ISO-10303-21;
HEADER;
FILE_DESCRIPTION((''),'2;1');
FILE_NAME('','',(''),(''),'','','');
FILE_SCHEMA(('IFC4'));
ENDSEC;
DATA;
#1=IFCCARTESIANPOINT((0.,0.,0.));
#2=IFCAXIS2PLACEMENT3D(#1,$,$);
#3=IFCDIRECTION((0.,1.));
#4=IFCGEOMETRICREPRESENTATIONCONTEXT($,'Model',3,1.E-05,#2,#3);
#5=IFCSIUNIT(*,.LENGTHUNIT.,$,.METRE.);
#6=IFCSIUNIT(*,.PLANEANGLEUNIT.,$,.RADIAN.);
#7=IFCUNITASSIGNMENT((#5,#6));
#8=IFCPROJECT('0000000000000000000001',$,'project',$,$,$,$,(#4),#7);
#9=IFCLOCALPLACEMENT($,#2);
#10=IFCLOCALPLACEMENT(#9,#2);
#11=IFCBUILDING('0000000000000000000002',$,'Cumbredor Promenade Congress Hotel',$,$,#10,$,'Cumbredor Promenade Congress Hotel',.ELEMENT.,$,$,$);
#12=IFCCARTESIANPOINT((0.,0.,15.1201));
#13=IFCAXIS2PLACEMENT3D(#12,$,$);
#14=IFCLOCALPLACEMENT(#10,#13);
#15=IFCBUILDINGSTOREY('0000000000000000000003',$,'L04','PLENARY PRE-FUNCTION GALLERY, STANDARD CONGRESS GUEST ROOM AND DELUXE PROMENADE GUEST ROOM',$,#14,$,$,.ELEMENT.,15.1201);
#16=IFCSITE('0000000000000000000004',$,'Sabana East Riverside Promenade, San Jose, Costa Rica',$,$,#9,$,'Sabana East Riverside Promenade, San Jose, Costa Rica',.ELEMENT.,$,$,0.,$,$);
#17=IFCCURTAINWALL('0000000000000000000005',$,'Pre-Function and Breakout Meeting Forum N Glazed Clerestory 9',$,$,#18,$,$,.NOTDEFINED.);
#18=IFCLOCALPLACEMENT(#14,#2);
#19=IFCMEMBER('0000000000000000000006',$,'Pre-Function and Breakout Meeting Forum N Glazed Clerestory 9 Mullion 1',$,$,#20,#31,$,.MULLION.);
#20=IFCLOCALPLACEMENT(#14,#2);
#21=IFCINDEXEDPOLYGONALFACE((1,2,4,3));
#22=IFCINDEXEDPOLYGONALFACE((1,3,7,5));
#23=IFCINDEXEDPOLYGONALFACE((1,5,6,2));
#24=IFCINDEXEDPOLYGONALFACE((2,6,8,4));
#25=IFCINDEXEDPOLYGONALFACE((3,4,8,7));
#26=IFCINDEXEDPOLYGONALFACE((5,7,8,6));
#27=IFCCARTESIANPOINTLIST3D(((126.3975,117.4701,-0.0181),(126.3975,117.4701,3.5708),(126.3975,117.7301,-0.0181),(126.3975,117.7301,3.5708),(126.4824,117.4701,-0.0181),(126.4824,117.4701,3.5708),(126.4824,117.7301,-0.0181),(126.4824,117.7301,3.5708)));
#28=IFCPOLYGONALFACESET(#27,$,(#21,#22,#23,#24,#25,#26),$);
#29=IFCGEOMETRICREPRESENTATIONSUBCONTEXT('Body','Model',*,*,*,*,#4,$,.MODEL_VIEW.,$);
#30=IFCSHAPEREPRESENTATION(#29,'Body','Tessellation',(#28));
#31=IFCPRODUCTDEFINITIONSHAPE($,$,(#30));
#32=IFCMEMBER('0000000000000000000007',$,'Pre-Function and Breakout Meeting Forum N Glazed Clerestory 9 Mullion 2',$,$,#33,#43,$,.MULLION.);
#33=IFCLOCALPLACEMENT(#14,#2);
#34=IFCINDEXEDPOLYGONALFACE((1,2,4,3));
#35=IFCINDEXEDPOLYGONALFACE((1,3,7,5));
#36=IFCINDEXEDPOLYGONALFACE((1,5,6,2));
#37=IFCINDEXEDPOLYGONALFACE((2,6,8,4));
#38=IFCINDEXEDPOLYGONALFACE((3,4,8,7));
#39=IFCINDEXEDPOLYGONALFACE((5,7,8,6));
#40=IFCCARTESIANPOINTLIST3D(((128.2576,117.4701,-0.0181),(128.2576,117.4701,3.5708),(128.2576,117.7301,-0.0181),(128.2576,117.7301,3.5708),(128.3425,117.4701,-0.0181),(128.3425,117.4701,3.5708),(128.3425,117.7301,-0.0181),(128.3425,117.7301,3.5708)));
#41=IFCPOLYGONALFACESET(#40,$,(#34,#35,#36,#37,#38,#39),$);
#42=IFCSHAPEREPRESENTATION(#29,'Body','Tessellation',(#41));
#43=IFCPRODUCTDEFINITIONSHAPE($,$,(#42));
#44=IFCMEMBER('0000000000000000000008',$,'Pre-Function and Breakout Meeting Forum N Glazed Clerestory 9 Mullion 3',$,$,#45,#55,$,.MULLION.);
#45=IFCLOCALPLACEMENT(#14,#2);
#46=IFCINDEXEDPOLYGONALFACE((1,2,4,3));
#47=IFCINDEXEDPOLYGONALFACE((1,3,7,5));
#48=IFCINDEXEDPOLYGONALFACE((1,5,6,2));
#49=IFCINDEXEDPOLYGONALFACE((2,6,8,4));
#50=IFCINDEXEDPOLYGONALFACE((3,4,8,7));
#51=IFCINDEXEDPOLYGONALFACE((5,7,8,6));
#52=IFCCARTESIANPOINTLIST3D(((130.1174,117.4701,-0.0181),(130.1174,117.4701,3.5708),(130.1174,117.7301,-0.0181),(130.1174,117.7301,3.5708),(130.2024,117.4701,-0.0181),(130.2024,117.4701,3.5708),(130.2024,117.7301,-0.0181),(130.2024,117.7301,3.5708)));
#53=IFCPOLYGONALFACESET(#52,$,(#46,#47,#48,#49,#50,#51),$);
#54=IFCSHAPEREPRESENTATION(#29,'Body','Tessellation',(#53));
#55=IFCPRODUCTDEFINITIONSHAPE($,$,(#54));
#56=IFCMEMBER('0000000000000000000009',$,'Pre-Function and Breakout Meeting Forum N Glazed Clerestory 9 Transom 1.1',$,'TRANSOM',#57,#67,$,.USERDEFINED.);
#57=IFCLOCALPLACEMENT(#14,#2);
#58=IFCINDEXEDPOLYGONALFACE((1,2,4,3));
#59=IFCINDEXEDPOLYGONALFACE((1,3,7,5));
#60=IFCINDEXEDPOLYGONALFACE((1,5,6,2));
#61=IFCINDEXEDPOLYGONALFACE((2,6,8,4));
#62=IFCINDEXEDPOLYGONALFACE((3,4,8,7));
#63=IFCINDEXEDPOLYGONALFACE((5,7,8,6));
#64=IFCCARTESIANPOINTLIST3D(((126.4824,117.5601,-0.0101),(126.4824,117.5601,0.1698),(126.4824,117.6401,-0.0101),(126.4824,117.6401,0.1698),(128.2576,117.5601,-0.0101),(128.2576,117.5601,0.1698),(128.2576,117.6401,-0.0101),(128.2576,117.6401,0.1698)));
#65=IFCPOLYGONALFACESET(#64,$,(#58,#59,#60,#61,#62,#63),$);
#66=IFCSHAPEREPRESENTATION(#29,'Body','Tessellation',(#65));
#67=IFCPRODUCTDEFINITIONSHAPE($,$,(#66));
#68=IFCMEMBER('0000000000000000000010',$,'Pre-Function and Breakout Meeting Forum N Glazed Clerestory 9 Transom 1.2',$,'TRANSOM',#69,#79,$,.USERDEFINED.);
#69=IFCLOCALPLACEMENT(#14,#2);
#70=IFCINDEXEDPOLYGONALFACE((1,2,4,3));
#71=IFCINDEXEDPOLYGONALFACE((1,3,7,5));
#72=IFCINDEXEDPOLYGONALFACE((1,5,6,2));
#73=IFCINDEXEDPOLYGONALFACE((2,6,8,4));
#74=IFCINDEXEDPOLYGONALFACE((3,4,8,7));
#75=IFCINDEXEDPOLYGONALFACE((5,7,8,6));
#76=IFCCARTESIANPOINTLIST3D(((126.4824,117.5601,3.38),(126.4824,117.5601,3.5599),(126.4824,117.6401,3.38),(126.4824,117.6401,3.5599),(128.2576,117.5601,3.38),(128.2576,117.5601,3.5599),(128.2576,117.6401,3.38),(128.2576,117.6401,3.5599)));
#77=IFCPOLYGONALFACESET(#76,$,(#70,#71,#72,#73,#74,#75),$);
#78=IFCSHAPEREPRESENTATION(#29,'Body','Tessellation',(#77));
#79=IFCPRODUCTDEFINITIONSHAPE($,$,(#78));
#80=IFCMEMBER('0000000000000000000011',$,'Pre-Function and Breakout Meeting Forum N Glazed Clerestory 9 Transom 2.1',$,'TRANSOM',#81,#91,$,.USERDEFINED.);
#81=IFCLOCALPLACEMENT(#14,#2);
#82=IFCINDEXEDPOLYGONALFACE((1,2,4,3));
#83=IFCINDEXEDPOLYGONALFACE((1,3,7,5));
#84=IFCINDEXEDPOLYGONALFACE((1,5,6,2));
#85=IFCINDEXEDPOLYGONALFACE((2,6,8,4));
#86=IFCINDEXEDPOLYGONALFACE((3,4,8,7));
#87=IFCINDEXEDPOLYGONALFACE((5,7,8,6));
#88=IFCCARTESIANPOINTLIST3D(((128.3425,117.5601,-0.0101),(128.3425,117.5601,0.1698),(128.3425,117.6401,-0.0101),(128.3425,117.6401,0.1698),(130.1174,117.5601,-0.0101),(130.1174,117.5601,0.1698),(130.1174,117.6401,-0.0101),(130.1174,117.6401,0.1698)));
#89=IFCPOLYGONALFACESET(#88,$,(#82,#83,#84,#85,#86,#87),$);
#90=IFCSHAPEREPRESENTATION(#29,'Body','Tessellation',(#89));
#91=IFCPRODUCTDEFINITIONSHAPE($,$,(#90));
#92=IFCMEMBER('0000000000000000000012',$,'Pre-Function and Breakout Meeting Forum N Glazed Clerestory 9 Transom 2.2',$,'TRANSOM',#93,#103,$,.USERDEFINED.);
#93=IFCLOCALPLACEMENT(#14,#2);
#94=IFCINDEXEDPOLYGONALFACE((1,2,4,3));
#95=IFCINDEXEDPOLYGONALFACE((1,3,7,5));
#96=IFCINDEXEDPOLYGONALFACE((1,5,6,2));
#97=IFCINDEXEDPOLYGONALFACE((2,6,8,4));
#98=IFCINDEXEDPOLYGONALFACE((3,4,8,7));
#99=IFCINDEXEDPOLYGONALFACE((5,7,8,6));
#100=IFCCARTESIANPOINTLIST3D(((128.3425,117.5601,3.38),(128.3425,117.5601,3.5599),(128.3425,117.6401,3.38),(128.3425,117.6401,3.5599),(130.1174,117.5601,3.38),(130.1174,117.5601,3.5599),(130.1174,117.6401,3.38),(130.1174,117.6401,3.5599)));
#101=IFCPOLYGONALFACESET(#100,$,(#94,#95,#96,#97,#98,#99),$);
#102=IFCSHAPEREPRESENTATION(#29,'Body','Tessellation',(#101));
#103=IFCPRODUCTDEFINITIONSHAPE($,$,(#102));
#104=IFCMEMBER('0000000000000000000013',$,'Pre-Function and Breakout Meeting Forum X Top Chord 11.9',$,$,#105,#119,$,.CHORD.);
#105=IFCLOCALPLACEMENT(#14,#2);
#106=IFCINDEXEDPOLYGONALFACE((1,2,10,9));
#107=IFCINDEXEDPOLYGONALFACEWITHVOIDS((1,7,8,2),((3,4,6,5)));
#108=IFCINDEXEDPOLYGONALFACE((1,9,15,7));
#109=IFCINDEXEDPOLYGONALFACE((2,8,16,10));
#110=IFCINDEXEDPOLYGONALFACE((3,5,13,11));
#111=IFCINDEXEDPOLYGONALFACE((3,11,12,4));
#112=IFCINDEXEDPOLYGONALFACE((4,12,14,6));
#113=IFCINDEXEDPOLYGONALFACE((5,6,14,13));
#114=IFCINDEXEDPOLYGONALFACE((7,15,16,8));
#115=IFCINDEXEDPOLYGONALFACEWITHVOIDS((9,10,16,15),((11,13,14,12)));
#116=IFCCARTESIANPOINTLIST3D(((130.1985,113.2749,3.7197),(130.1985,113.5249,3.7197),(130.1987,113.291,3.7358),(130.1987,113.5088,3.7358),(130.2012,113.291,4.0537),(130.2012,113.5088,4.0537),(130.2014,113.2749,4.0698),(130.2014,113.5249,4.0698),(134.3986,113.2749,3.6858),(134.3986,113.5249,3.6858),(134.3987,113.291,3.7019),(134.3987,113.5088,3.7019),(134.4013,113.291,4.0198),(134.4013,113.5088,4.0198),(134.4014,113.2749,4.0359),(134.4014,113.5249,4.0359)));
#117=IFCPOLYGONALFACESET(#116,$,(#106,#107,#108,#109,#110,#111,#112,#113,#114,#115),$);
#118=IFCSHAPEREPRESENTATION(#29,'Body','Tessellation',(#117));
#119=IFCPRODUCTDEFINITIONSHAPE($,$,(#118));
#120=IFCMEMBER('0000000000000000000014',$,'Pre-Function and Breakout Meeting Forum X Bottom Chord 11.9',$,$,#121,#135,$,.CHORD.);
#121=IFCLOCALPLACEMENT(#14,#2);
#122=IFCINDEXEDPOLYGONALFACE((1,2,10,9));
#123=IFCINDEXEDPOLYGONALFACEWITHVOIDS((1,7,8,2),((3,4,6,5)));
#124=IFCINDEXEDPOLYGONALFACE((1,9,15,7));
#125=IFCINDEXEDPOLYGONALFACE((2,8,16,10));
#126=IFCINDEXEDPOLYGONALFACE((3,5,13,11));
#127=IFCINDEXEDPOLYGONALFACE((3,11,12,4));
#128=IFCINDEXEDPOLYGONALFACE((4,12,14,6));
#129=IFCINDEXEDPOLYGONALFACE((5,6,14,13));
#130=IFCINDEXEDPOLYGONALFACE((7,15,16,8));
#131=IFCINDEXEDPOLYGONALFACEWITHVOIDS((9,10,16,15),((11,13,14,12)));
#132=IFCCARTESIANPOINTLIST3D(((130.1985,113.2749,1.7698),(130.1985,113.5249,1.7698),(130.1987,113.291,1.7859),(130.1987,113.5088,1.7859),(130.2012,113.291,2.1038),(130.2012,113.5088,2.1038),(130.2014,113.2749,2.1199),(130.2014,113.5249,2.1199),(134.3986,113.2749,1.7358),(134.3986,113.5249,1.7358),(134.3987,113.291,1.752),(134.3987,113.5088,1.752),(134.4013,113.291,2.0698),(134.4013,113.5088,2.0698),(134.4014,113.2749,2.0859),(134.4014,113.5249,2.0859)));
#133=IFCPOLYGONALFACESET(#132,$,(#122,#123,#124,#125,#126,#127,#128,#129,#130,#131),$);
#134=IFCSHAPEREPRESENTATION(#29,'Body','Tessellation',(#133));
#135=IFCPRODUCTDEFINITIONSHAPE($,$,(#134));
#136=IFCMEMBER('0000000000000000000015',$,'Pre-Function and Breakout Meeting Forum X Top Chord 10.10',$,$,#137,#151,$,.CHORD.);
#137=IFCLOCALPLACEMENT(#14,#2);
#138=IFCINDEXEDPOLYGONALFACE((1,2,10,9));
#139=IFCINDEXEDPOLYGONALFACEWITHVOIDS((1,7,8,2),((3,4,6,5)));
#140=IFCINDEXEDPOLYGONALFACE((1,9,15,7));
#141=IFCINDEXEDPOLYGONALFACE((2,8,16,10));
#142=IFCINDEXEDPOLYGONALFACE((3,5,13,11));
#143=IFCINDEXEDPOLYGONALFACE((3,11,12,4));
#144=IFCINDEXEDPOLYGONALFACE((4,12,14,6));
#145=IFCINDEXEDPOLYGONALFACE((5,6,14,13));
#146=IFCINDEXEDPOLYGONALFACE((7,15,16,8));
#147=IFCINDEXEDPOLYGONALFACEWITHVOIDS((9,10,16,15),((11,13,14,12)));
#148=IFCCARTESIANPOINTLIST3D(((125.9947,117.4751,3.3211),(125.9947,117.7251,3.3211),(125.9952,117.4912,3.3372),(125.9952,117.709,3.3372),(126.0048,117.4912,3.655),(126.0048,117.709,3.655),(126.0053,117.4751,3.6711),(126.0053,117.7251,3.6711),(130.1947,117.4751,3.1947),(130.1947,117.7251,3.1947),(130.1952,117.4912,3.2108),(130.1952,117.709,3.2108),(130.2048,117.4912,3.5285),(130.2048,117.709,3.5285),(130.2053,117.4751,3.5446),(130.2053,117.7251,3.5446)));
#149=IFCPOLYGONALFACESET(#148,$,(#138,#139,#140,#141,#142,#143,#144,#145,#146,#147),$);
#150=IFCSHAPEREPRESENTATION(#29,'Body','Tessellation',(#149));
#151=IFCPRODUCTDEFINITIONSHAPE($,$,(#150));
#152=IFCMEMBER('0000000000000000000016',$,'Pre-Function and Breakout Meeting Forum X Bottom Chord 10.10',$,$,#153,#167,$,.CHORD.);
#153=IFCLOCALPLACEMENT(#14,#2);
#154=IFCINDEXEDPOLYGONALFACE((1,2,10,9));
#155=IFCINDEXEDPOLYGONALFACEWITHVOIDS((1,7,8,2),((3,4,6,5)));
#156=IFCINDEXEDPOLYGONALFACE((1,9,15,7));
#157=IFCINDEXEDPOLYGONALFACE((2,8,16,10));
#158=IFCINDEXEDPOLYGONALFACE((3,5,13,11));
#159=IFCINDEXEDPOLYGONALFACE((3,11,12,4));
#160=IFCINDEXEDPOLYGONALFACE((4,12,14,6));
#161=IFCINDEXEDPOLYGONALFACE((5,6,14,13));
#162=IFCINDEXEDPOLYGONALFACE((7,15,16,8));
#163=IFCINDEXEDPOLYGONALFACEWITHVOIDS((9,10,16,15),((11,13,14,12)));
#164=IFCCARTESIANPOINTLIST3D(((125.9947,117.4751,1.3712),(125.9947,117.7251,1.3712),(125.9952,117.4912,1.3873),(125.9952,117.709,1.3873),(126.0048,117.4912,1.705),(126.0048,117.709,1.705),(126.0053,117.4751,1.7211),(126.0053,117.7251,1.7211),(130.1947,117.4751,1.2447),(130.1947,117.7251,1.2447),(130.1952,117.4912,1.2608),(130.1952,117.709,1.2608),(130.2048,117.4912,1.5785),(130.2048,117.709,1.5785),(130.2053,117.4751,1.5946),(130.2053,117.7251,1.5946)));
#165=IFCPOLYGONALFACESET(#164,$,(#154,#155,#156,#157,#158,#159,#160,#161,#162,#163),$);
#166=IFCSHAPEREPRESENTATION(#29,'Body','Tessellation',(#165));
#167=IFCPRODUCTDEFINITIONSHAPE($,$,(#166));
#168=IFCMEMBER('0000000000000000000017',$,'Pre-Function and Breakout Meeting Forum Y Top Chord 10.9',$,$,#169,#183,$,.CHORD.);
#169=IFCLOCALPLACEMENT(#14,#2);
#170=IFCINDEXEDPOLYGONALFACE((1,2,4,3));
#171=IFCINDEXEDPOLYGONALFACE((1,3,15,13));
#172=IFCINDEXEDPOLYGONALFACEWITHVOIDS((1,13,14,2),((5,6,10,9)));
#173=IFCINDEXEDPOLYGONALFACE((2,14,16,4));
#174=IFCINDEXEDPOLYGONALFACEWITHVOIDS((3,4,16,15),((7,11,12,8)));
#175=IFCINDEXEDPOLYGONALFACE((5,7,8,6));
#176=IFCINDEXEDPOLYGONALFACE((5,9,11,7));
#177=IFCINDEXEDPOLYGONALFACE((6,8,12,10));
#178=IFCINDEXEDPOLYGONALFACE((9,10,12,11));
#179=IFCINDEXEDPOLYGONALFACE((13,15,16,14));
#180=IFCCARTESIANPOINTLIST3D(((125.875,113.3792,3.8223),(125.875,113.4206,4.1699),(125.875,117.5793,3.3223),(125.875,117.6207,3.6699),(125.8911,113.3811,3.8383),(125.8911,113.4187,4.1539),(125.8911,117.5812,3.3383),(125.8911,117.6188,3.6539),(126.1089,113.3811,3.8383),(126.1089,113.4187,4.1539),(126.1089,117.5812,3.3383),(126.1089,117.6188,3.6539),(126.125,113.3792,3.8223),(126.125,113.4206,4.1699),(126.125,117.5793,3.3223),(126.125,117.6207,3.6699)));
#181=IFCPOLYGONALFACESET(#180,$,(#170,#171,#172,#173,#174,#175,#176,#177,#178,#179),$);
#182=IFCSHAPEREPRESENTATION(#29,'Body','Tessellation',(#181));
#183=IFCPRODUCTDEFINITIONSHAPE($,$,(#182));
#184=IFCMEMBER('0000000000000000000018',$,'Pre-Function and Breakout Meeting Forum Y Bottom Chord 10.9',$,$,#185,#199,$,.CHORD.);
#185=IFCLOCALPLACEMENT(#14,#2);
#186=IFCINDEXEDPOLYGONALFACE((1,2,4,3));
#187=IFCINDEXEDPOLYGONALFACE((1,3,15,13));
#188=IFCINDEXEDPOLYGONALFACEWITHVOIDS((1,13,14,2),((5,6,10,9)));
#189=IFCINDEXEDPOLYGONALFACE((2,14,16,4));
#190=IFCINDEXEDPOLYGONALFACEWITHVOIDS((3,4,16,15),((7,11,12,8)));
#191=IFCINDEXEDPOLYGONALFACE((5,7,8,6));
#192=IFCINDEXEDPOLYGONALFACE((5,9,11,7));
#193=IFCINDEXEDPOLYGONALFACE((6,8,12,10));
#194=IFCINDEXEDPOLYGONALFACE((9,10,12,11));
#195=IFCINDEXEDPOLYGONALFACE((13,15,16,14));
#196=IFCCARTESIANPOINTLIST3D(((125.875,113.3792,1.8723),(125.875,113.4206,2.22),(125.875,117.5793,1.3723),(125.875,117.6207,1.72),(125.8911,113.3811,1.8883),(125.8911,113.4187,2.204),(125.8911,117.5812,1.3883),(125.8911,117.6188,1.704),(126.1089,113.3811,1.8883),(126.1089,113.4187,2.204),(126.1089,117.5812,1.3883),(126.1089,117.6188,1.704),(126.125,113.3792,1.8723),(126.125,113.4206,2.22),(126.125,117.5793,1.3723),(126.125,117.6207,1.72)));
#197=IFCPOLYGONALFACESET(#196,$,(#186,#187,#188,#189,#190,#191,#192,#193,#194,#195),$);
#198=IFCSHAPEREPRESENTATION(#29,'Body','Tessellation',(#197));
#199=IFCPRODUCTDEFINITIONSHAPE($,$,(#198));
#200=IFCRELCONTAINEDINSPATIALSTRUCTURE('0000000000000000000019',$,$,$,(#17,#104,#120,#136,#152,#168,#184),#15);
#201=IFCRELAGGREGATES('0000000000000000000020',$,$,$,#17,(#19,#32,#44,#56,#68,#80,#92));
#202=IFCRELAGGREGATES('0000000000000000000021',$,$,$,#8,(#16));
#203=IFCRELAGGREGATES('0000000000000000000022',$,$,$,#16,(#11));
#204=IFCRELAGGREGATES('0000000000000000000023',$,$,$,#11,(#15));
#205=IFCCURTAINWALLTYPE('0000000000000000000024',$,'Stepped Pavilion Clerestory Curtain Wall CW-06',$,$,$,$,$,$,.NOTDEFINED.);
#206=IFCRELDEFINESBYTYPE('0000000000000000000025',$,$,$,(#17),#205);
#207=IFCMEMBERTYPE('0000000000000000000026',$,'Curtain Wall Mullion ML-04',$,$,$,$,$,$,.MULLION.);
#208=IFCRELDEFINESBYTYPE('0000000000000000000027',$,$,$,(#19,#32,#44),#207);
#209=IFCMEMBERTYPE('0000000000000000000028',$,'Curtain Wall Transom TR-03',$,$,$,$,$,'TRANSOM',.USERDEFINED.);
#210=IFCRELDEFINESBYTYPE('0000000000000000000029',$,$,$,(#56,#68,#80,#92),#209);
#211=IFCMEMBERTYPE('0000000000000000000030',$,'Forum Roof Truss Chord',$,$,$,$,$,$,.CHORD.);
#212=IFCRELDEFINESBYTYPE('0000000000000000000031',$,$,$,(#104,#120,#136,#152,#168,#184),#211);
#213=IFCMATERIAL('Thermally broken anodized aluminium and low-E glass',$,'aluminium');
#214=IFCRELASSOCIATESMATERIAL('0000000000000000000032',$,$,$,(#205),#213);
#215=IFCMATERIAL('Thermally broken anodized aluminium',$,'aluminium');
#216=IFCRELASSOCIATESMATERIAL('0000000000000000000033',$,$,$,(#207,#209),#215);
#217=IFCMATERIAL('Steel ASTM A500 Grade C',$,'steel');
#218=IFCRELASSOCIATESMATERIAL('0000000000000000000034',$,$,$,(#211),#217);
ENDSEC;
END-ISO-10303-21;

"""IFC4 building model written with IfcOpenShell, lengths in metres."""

from ifc_helpers import new_model, si_unit, direction, frame, origin, origin_2d, place, context, subcontext, project, spatial, rectangle, hollow_rectangle, extrude, material, material_profile, profile_set, type_object, element, aggregate, save


model = new_model("IFC4")

# Units and contexts
model_context = context("Model", 3, precision=1e-05, world=origin(), true_north=direction((0.0, 1.0)))
body_context = subcontext(model_context, "Body", "Model", "MODEL_VIEW")
ifc_project = project(units=[si_unit("LENGTHUNIT", "METRE"), si_unit("PLANEANGLEUNIT", "RADIAN")], contexts=[model_context])

# Site, building, storey
site_placement = place(None, origin())
site = spatial("IfcSite", under=ifc_project, at=site_placement, Name="Sabana East Riverside Promenade, San Jose, Costa Rica", LongName="Sabana East Riverside Promenade, San Jose, Costa Rica", CompositionType="ELEMENT", RefElevation=0.0)
building_placement = place(site_placement, origin())
building = spatial("IfcBuilding", under=site, at=building_placement, Name="Cumbredor Promenade Congress Hotel", LongName="Cumbredor Promenade Congress Hotel", CompositionType="ELEMENT")
storey_placement = place(building_placement, frame((0.0, 0.0, 15.1201)))
storey = spatial("IfcBuildingStorey", under=building, at=storey_placement, Name="L04", Description="PLENARY PRE-FUNCTION GALLERY, STANDARD CONGRESS GUEST ROOM AND DELUXE PROMENADE GUEST ROOM", CompositionType="ELEMENT", Elevation=15.1201)

# Curtain wall, members
ifc_material_1 = material(Name="Thermally broken anodized aluminium and low-E glass", Category="aluminium")
curtain_wall_type = type_object("IfcCurtainWallType", Name="Stepped Pavilion Clerestory Curtain Wall CW-06", PredefinedType="NOTDEFINED", material=ifc_material_1)
curtain_wall_placement = place(storey_placement, origin())
curtain_wall = element("IfcCurtainWall", 1, at=curtain_wall_placement, inside=storey, type_object=curtain_wall_type, Name="Pre-Function and Breakout Meeting Forum N Glazed Clerestory 9", PredefinedType="NOTDEFINED")
ifc_material_2 = material(Name="Thermally broken anodized aluminium", Category="aluminium")
ifc_material_profile_1 = material_profile(ifc_material_2, rectangle(XDim=0.085, YDim=0.26, at=origin_2d()), Name="ALU MULLION CLERESTORY 85x260")
ifc_profile_set_1 = profile_set([ifc_material_profile_1], Name="Thermally broken anodized aluminium")
member_type_1 = type_object("IfcMemberType", Name="Curtain Wall Mullion ML-04", PredefinedType="MULLION", material=ifc_profile_set_1)
member_1_placement = place(storey_placement, frame((126.4399, 117.6001, -0.0181), z_axis=(0.0, 0.0, 1.0), x_axis=(1.0, 0.0, 0.0)))
member_1 = element("IfcMember", 2, at=member_1_placement, type_object=member_type_1, Name="Pre-Function and Breakout Meeting Forum N Glazed Clerestory 9 Mullion 1", PredefinedType="MULLION", context=body_context, shape_type="SweptSolid", body=[
    extrude(rectangle(XDim=0.085, YDim=0.26, at=origin_2d()), origin(), (0.0, 0.0, 1.0), 3.5889),
])
member_2_placement = place(storey_placement, frame((128.3, 117.6001, -0.0181), z_axis=(0.0, 0.0, 1.0), x_axis=(1.0, 0.0, 0.0)))
member_2 = element("IfcMember", 3, at=member_2_placement, type_object=member_type_1, Name="Pre-Function and Breakout Meeting Forum N Glazed Clerestory 9 Mullion 2", PredefinedType="MULLION", context=body_context, shape_type="SweptSolid", body=[
    extrude(rectangle(XDim=0.085, YDim=0.26, at=origin_2d()), origin(), (0.0, 0.0, 1.0), 3.5889),
])
member_3_placement = place(storey_placement, frame((130.1599, 117.6001, -0.0181), z_axis=(0.0, 0.0, 1.0), x_axis=(1.0, 0.0, 0.0)))
member_3 = element("IfcMember", 4, at=member_3_placement, type_object=member_type_1, Name="Pre-Function and Breakout Meeting Forum N Glazed Clerestory 9 Mullion 3", PredefinedType="MULLION", context=body_context, shape_type="SweptSolid", body=[
    extrude(rectangle(XDim=0.085, YDim=0.26, at=origin_2d()), origin(), (0.0, 0.0, 1.0), 3.5889),
])
ifc_material_profile_2 = material_profile(ifc_material_2, rectangle(XDim=0.0801, YDim=0.1799, at=origin_2d()), Name="ALU TRANSOM 80x180")
ifc_profile_set_2 = profile_set([ifc_material_profile_2], Name="Thermally broken anodized aluminium")
member_type_2 = type_object("IfcMemberType", Name="Curtain Wall Transom TR-03", ElementType="TRANSOM", PredefinedType="USERDEFINED", material=ifc_profile_set_2)
member_4_placement = place(storey_placement, frame((126.4824, 117.6001, 0.0798), z_axis=(1.0, 0.0, 0.0), x_axis=(0.0, 1.0, 0.0)))
member_4 = element("IfcMember", 5, at=member_4_placement, type_object=member_type_2, Name="Pre-Function and Breakout Meeting Forum N Glazed Clerestory 9 Transom 1.1", ObjectType="TRANSOM", PredefinedType="USERDEFINED", context=body_context, shape_type="SweptSolid", body=[
    extrude(rectangle(XDim=0.0801, YDim=0.1799, at=origin_2d()), origin(), (0.0, 0.0, 1.0), 1.7751),
])
member_5_placement = place(storey_placement, frame((126.4824, 117.6001, 3.47), z_axis=(1.0, 0.0, 0.0), x_axis=(0.0, 1.0, 0.0)))
member_5 = element("IfcMember", 6, at=member_5_placement, type_object=member_type_2, Name="Pre-Function and Breakout Meeting Forum N Glazed Clerestory 9 Transom 1.2", ObjectType="TRANSOM", PredefinedType="USERDEFINED", context=body_context, shape_type="SweptSolid", body=[
    extrude(rectangle(XDim=0.0801, YDim=0.1799, at=origin_2d()), origin(), (0.0, 0.0, 1.0), 1.7751),
])
member_6_placement = place(storey_placement, frame((128.3425, 117.6001, 0.0798), z_axis=(1.0, 0.0, 0.0), x_axis=(0.0, 1.0, 0.0)))
member_6 = element("IfcMember", 7, at=member_6_placement, type_object=member_type_2, Name="Pre-Function and Breakout Meeting Forum N Glazed Clerestory 9 Transom 2.1", ObjectType="TRANSOM", PredefinedType="USERDEFINED", context=body_context, shape_type="SweptSolid", body=[
    extrude(rectangle(XDim=0.0801, YDim=0.1799, at=origin_2d()), origin(), (0.0, 0.0, 1.0), 1.7749),
])
member_7_placement = place(storey_placement, frame((128.3425, 117.6001, 3.47), z_axis=(1.0, 0.0, 0.0), x_axis=(0.0, 1.0, 0.0)))
member_7 = element("IfcMember", 8, at=member_7_placement, type_object=member_type_2, Name="Pre-Function and Breakout Meeting Forum N Glazed Clerestory 9 Transom 2.2", ObjectType="TRANSOM", PredefinedType="USERDEFINED", context=body_context, shape_type="SweptSolid", body=[
    extrude(rectangle(XDim=0.0801, YDim=0.1799, at=origin_2d()), origin(), (0.0, 0.0, 1.0), 1.7749),
])

# Members
ifc_material_3 = material(Name="Steel ASTM A500 Grade C", Category="steel")
ifc_material_profile_3 = material_profile(ifc_material_3, hollow_rectangle(XDim=0.25, YDim=0.3501, WallThickness=0.0161, at=origin_2d()), Name="HSS 350x250x16")
ifc_profile_set_3 = profile_set([ifc_material_profile_3], Name="Steel ASTM A500 Grade C")
member_type_3 = type_object("IfcMemberType", Name="Forum Roof Truss Chord", PredefinedType="CHORD", material=ifc_profile_set_3)
for number, where, z_axis, x_axis, name in (
    (9, (130.2, 113.3999, 3.8948), (0.999967, 0.0, -0.00808), (0.0, 1.0, 0.0), "Pre-Function and Breakout Meeting Forum X Top Chord 11.9"),
    (10, (130.2, 113.3999, 1.9448), (0.999967, 0.0, -0.00808), (0.0, 1.0, 0.0), "Pre-Function and Breakout Meeting Forum X Bottom Chord 11.9"),
):
    element("IfcMember", number, at=place(storey_placement, frame(where, z_axis=z_axis, x_axis=x_axis)), inside=storey, type_object=member_type_3, Name=name, PredefinedType="CHORD", context=body_context, shape_type="SweptSolid", body=[
        extrude(hollow_rectangle(XDim=0.25, YDim=0.3501, WallThickness=0.0161, at=origin_2d()), origin(), (0.0, 0.0, 1.0), 4.2002),
    ])
for number, where, z_axis, x_axis, name in (
    (11, (126.0, 117.6001, 3.4961), (0.999547, 0.0, -0.030097), (0.0, 1.0, 0.0), "Pre-Function and Breakout Meeting Forum X Top Chord 10.10"),
    (12, (126.0, 117.6001, 1.5461), (0.999547, 0.0, -0.030097), (0.0, 1.0, 0.0), "Pre-Function and Breakout Meeting Forum X Bottom Chord 10.10"),
):
    element("IfcMember", number, at=place(storey_placement, frame(where, z_axis=z_axis, x_axis=x_axis)), inside=storey, type_object=member_type_3, Name=name, PredefinedType="CHORD", context=body_context, shape_type="SweptSolid", body=[
        extrude(hollow_rectangle(XDim=0.25, YDim=0.3501, WallThickness=0.0161, at=origin_2d()), origin(), (0.0, 0.0, 1.0), 4.2019),
    ])
for number, where, z_axis, x_axis, name in (
    (13, (126.0, 113.3999, 3.9961), (0.0, 0.992989, -0.118207), (-1.0, 0.0, 0.0), "Pre-Function and Breakout Meeting Forum Y Top Chord 10.9"),
    (14, (126.0, 113.3999, 2.0461), (0.0, 0.992989, -0.118207), (-1.0, 0.0, 0.0), "Pre-Function and Breakout Meeting Forum Y Bottom Chord 10.9"),
):
    element("IfcMember", number, at=place(storey_placement, frame(where, z_axis=z_axis, x_axis=x_axis)), inside=storey, type_object=member_type_3, Name=name, PredefinedType="CHORD", context=body_context, shape_type="SweptSolid", body=[
        extrude(hollow_rectangle(XDim=0.25, YDim=0.3501, WallThickness=0.0161, at=origin_2d()), origin(), (0.0, 0.0, 1.0), 4.2297),
    ])

aggregate(curtain_wall, [member_1, member_2, member_3, member_4, member_5, member_6, member_7])

save(model, "model.ifc")
